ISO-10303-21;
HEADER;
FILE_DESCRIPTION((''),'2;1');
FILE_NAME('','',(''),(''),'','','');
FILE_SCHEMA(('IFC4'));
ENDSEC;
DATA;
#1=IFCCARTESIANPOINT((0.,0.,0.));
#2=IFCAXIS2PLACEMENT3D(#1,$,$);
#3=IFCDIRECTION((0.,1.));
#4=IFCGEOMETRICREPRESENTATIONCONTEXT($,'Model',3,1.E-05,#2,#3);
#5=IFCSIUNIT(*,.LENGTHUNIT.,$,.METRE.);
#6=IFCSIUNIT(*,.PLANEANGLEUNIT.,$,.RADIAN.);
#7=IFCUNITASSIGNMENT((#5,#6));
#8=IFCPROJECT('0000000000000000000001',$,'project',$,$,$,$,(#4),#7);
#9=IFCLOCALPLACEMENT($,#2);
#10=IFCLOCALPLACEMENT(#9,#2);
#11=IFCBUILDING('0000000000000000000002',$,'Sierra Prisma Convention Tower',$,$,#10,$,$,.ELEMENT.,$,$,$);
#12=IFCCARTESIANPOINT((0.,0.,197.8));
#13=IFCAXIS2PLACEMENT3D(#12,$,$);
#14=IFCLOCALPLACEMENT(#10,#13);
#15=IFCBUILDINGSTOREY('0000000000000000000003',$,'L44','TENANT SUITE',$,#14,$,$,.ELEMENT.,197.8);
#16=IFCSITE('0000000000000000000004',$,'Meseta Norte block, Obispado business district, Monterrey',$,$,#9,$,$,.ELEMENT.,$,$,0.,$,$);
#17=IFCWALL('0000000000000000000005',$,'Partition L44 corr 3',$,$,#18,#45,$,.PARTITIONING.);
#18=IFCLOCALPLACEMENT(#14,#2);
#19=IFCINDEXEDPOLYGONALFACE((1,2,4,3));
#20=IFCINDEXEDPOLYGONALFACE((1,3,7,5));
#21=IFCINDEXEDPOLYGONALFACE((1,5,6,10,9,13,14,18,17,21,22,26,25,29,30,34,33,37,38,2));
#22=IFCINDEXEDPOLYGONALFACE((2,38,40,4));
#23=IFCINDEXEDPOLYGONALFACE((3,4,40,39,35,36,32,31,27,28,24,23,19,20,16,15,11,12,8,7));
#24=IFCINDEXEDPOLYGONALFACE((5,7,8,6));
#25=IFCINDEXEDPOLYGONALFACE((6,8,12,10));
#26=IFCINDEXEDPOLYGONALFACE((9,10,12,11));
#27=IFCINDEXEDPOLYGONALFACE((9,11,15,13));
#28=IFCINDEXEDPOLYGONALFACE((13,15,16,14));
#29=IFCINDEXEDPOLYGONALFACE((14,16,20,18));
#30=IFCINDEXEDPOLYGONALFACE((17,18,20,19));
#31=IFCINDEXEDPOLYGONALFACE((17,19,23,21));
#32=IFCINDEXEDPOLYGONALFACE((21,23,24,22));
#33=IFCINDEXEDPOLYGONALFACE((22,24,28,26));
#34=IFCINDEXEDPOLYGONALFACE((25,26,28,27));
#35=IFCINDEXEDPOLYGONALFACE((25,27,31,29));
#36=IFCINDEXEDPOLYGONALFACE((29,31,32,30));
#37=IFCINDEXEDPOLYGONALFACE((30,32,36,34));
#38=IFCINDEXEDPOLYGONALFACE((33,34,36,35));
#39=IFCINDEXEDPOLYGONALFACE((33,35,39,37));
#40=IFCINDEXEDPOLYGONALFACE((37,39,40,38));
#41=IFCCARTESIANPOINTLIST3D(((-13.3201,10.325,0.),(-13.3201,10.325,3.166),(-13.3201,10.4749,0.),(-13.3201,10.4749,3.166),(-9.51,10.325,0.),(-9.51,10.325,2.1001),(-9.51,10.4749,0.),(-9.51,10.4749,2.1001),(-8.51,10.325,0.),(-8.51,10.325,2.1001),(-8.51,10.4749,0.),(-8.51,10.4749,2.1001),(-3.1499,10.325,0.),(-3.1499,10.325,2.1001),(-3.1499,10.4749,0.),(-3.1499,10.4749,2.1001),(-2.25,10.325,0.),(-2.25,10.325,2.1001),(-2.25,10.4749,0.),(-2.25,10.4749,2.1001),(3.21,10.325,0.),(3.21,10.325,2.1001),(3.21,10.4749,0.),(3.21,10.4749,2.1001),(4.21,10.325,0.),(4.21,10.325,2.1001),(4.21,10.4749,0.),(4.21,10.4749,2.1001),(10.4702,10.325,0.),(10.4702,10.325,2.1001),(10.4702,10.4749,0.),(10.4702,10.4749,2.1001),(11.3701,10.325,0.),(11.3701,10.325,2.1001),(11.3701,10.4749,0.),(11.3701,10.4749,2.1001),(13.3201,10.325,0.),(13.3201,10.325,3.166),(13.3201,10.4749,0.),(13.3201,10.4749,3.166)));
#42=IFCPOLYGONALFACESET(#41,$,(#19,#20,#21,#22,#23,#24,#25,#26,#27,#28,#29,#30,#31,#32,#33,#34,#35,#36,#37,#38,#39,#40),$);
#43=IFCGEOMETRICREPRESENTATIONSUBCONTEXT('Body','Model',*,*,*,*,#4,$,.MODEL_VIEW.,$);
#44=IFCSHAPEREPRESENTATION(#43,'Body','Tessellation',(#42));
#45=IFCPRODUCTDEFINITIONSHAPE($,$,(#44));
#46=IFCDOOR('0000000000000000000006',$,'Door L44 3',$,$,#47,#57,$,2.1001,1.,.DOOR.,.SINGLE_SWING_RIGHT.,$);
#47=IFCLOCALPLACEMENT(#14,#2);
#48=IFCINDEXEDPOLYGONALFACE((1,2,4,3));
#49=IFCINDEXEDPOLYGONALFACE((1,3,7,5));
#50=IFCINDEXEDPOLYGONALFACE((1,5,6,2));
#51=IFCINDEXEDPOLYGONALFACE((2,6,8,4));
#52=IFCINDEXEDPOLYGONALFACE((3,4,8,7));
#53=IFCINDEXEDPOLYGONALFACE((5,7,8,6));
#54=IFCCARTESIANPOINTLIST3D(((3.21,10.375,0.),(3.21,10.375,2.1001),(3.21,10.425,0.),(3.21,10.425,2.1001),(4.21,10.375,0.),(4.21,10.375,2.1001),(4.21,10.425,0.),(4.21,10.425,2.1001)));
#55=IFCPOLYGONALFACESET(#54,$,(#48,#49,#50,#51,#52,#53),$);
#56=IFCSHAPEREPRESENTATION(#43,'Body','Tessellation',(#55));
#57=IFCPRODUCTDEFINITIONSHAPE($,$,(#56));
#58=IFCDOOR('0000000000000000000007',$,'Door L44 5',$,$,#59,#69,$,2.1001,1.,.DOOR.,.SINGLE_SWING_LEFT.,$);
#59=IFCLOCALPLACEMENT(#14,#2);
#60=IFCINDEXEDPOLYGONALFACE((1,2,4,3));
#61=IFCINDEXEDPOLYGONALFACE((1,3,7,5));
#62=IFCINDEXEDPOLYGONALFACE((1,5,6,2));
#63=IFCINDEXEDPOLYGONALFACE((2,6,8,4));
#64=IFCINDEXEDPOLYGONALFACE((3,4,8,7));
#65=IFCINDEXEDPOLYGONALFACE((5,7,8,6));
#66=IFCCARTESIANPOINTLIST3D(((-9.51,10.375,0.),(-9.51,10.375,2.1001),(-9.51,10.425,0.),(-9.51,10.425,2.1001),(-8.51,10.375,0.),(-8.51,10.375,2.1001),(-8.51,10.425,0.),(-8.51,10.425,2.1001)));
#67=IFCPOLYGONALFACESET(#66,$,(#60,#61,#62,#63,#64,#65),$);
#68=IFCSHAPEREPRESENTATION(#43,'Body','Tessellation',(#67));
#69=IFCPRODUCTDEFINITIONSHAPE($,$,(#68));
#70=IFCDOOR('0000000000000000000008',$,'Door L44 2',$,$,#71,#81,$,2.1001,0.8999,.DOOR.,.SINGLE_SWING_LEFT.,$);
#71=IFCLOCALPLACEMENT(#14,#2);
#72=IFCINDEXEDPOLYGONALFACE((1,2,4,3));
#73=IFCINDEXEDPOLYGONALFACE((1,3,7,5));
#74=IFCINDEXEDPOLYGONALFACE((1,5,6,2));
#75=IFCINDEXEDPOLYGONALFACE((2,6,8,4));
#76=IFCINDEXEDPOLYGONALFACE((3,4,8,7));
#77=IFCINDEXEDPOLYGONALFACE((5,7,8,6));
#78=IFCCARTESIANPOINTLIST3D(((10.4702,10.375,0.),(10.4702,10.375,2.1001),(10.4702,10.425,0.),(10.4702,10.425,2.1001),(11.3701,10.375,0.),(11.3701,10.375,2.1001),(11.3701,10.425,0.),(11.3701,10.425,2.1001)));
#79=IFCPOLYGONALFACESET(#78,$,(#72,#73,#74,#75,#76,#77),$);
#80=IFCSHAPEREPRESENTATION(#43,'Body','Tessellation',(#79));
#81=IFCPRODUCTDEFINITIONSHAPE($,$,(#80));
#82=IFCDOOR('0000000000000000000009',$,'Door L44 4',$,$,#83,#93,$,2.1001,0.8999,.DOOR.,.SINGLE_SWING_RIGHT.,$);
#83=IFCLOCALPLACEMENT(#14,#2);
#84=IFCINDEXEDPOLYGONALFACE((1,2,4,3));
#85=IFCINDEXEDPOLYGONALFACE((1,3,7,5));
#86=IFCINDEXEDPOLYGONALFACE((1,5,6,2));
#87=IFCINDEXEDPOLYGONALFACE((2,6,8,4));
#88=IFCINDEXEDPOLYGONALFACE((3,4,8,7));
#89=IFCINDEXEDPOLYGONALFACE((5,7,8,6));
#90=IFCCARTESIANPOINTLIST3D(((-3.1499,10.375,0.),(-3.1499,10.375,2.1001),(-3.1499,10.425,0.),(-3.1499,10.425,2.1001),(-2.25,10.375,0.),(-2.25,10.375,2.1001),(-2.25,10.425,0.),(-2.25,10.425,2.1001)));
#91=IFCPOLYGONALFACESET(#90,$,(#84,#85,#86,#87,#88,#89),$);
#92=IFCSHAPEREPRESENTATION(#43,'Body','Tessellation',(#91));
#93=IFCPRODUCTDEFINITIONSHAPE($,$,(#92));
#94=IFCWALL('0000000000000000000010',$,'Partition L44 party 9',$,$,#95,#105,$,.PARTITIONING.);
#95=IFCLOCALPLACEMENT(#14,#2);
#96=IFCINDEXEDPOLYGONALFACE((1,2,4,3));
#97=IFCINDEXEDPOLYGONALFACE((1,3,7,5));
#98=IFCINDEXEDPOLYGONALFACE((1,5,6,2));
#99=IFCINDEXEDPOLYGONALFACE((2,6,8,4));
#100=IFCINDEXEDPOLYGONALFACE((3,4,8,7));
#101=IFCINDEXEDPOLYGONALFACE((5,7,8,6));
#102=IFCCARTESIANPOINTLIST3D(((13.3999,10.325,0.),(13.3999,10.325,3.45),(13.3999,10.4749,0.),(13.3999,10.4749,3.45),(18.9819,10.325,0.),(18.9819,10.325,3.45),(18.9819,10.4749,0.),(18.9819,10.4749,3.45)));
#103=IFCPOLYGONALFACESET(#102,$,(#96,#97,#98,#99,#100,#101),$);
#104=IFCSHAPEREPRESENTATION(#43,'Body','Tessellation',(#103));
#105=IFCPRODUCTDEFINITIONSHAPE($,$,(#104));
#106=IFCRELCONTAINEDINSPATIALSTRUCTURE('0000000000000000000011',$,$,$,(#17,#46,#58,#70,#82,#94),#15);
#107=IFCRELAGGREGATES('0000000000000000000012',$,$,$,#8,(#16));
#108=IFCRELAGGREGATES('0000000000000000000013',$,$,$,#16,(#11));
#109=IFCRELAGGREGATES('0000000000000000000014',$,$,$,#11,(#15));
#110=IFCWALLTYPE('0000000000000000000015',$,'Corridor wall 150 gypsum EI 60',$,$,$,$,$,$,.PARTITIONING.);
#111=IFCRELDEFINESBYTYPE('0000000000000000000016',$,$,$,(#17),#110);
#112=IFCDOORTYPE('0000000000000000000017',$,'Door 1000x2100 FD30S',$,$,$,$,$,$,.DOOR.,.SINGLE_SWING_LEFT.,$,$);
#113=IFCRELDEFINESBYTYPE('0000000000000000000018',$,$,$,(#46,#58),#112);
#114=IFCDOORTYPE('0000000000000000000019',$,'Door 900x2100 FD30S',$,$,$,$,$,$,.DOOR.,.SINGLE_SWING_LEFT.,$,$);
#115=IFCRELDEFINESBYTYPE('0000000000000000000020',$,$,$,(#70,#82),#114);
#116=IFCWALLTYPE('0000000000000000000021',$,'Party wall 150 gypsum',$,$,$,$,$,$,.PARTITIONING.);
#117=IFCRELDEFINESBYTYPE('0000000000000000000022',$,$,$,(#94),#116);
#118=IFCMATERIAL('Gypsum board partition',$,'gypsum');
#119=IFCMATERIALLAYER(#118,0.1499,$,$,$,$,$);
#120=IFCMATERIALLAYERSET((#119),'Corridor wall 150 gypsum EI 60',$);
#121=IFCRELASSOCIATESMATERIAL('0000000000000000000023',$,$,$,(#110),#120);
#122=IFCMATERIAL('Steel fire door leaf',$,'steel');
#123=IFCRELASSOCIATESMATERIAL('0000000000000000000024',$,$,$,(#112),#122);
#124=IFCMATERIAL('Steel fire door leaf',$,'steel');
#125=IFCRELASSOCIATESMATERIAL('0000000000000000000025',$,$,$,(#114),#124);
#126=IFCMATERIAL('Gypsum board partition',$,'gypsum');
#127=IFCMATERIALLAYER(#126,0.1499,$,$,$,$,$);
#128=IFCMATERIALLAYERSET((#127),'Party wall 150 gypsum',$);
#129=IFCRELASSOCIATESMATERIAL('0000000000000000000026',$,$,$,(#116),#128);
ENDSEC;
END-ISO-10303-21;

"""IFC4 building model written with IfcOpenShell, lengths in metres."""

from ifc_helpers import new_model, si_unit, direction, frame, frame_2d, origin, place, context, subcontext, project, spatial, rectangle, extrude, material, layer, layer_set, type_object, element, fill, save


model = new_model("IFC4")

# Units and contexts
model_context = context("Model", 3, precision=1e-05, world=origin(), true_north=direction((0.0, 1.0)))
body_context = subcontext(model_context, "Body", "Model", "MODEL_VIEW")
ifc_project = project(units=[si_unit("LENGTHUNIT", "METRE"), si_unit("PLANEANGLEUNIT", "RADIAN")], contexts=[model_context])

# Site, building, storey
site_placement = place(None, origin())
site = spatial("IfcSite", under=ifc_project, at=site_placement, Name="Meseta Norte block, Obispado business district, Monterrey", CompositionType="ELEMENT", RefElevation=0.0)
building_placement = place(site_placement, origin())
building = spatial("IfcBuilding", under=site, at=building_placement, Name="Sierra Prisma Convention Tower", CompositionType="ELEMENT")
storey_placement = place(building_placement, frame((0.0, 0.0, 197.8)))
storey = spatial("IfcBuildingStorey", under=building, at=storey_placement, Name="L44", Description="TENANT SUITE", CompositionType="ELEMENT", Elevation=197.8)

# Wall, openings, doors
ifc_material_1 = material(Name="Gypsum board partition", Category="gypsum")
ifc_layer_1 = layer(ifc_material_1, 0.1499)
ifc_layer_set_1 = layer_set([ifc_layer_1], Name="Corridor wall 150 gypsum EI 60")
wall_type_1 = type_object("IfcWallType", Name="Corridor wall 150 gypsum EI 60", PredefinedType="PARTITIONING", material=ifc_layer_set_1)
wall_1_placement = place(storey_placement, frame((13.3201, 10.3999, 0.0), z_axis=(0.0, 0.0, 1.0), x_axis=(-1.0, 0.0, 0.0)))
wall_1 = element("IfcWall", 1, at=wall_1_placement, inside=storey, type_object=wall_type_1, Name="Partition L44 corr 3", PredefinedType="PARTITIONING", context=body_context, shape_type="SweptSolid", body=[
    extrude(rectangle(XDim=26.6401, YDim=0.1499, at=frame_2d((13.3201, 0.0))), origin(), (0.0, 0.0, 1.0), 3.166),
])
opening_1_placement = place(wall_1_placement, frame((1.95, 0.0, 0.0)))
opening_1 = element("IfcOpeningElement", 2, at=opening_1_placement, cuts=wall_1, PredefinedType="OPENING", context=body_context, shape_type="SweptSolid", body=[
    extrude(rectangle(XDim=0.8999, YDim=2.1001, at=frame_2d((0.45, 1.05))), frame((0.0, 0.075, 0.0), z_axis=(0.0, -1.0, 0.0), x_axis=(1.0, 0.0, 0.0)), (0.0, 0.0, 1.0), 0.1499),
])
opening_2_placement = place(wall_1_placement, frame((9.1101, 0.0, 0.0)))
opening_2 = element("IfcOpeningElement", 3, at=opening_2_placement, cuts=wall_1, PredefinedType="OPENING", context=body_context, shape_type="SweptSolid", body=[
    extrude(rectangle(XDim=1.0, YDim=2.1001, at=frame_2d((0.5, 1.05))), frame((0.0, 0.075, 0.0), z_axis=(0.0, -1.0, 0.0), x_axis=(1.0, 0.0, 0.0)), (0.0, 0.0, 1.0), 0.1499),
])
opening_3_placement = place(wall_1_placement, frame((15.5701, 0.0, 0.0)))
opening_3 = element("IfcOpeningElement", 4, at=opening_3_placement, cuts=wall_1, PredefinedType="OPENING", context=body_context, shape_type="SweptSolid", body=[
    extrude(rectangle(XDim=0.8999, YDim=2.1001, at=frame_2d((0.45, 1.05))), frame((0.0, 0.075, 0.0), z_axis=(0.0, -1.0, 0.0), x_axis=(1.0, 0.0, 0.0)), (0.0, 0.0, 1.0), 0.1499),
])
opening_4_placement = place(wall_1_placement, frame((21.8301, 0.0, 0.0)))
opening_4 = element("IfcOpeningElement", 5, at=opening_4_placement, cuts=wall_1, PredefinedType="OPENING", context=body_context, shape_type="SweptSolid", body=[
    extrude(rectangle(XDim=1.0, YDim=2.1001, at=frame_2d((0.5, 1.05))), frame((0.0, 0.075, 0.0), z_axis=(0.0, -1.0, 0.0), x_axis=(1.0, 0.0, 0.0)), (0.0, 0.0, 1.0), 0.1499),
])
ifc_material_2 = material(Name="Steel fire door leaf", Category="steel")
door_type_1 = type_object("IfcDoorType", Name="Door 1000x2100 FD30S", OperationType="SINGLE_SWING_LEFT", PredefinedType="DOOR", material=ifc_material_2)
door_1_placement = place(opening_2_placement, origin())
door_1 = element("IfcDoor", 6, at=door_1_placement, inside=storey, type_object=door_type_1, Name="Door L44 3", OperationType="SINGLE_SWING_RIGHT", OverallHeight=2.1001, OverallWidth=1.0, PredefinedType="DOOR", context=body_context, shape_type="SweptSolid", body=[
    extrude(rectangle(XDim=1.0, YDim=2.1001, at=frame_2d((0.5, 1.05))), frame((0.0, 0.0249, 0.0), z_axis=(0.0, -1.0, 0.0), x_axis=(1.0, 0.0, 0.0)), (0.0, 0.0, 1.0), 0.05),
])
fill(opening_2, door_1)
door_2_placement = place(opening_4_placement, origin())
door_2 = element("IfcDoor", 7, at=door_2_placement, inside=storey, type_object=door_type_1, Name="Door L44 5", OperationType="SINGLE_SWING_LEFT", OverallHeight=2.1001, OverallWidth=1.0, PredefinedType="DOOR", context=body_context, shape_type="SweptSolid", body=[
    extrude(rectangle(XDim=1.0, YDim=2.1001, at=frame_2d((0.5, 1.05))), frame((0.0, 0.0249, 0.0), z_axis=(0.0, -1.0, 0.0), x_axis=(1.0, 0.0, 0.0)), (0.0, 0.0, 1.0), 0.05),
])
fill(opening_4, door_2)
ifc_material_3 = material(Name="Steel fire door leaf", Category="steel")
door_type_2 = type_object("IfcDoorType", Name="Door 900x2100 FD30S", OperationType="SINGLE_SWING_LEFT", PredefinedType="DOOR", material=ifc_material_3)
door_3_placement = place(opening_1_placement, origin())
door_3 = element("IfcDoor", 8, at=door_3_placement, inside=storey, type_object=door_type_2, Name="Door L44 2", OperationType="SINGLE_SWING_LEFT", OverallHeight=2.1001, OverallWidth=0.8999, PredefinedType="DOOR", context=body_context, shape_type="SweptSolid", body=[
    extrude(rectangle(XDim=0.8999, YDim=2.1001, at=frame_2d((0.45, 1.05))), frame((0.0, 0.0249, 0.0), z_axis=(0.0, -1.0, 0.0), x_axis=(1.0, 0.0, 0.0)), (0.0, 0.0, 1.0), 0.05),
])
fill(opening_1, door_3)
door_4_placement = place(opening_3_placement, origin())
door_4 = element("IfcDoor", 9, at=door_4_placement, inside=storey, type_object=door_type_2, Name="Door L44 4", OperationType="SINGLE_SWING_RIGHT", OverallHeight=2.1001, OverallWidth=0.8999, PredefinedType="DOOR", context=body_context, shape_type="SweptSolid", body=[
    extrude(rectangle(XDim=0.8999, YDim=2.1001, at=frame_2d((0.45, 1.05))), frame((0.0, 0.0249, 0.0), z_axis=(0.0, -1.0, 0.0), x_axis=(1.0, 0.0, 0.0)), (0.0, 0.0, 1.0), 0.05),
])
fill(opening_3, door_4)

# Wall
ifc_material_4 = material(Name="Gypsum board partition", Category="gypsum")
ifc_layer_2 = layer(ifc_material_4, 0.1499)
ifc_layer_set_2 = layer_set([ifc_layer_2], Name="Party wall 150 gypsum")
wall_type_2 = type_object("IfcWallType", Name="Party wall 150 gypsum", PredefinedType="PARTITIONING", material=ifc_layer_set_2)
wall_2_placement = place(storey_placement, frame((13.3999, 10.3999, 0.0), z_axis=(0.0, 0.0, 1.0), x_axis=(1.0, 0.0, 0.0)))
element("IfcWall", 10, at=wall_2_placement, inside=storey, type_object=wall_type_2, Name="Partition L44 party 9", PredefinedType="PARTITIONING", context=body_context, shape_type="SweptSolid", body=[
    extrude(rectangle(XDim=5.582, YDim=0.1499, at=frame_2d((2.791, 0.0))), origin(), (0.0, 0.0, 1.0), 3.45),
])

save(model, "model.ifc")
